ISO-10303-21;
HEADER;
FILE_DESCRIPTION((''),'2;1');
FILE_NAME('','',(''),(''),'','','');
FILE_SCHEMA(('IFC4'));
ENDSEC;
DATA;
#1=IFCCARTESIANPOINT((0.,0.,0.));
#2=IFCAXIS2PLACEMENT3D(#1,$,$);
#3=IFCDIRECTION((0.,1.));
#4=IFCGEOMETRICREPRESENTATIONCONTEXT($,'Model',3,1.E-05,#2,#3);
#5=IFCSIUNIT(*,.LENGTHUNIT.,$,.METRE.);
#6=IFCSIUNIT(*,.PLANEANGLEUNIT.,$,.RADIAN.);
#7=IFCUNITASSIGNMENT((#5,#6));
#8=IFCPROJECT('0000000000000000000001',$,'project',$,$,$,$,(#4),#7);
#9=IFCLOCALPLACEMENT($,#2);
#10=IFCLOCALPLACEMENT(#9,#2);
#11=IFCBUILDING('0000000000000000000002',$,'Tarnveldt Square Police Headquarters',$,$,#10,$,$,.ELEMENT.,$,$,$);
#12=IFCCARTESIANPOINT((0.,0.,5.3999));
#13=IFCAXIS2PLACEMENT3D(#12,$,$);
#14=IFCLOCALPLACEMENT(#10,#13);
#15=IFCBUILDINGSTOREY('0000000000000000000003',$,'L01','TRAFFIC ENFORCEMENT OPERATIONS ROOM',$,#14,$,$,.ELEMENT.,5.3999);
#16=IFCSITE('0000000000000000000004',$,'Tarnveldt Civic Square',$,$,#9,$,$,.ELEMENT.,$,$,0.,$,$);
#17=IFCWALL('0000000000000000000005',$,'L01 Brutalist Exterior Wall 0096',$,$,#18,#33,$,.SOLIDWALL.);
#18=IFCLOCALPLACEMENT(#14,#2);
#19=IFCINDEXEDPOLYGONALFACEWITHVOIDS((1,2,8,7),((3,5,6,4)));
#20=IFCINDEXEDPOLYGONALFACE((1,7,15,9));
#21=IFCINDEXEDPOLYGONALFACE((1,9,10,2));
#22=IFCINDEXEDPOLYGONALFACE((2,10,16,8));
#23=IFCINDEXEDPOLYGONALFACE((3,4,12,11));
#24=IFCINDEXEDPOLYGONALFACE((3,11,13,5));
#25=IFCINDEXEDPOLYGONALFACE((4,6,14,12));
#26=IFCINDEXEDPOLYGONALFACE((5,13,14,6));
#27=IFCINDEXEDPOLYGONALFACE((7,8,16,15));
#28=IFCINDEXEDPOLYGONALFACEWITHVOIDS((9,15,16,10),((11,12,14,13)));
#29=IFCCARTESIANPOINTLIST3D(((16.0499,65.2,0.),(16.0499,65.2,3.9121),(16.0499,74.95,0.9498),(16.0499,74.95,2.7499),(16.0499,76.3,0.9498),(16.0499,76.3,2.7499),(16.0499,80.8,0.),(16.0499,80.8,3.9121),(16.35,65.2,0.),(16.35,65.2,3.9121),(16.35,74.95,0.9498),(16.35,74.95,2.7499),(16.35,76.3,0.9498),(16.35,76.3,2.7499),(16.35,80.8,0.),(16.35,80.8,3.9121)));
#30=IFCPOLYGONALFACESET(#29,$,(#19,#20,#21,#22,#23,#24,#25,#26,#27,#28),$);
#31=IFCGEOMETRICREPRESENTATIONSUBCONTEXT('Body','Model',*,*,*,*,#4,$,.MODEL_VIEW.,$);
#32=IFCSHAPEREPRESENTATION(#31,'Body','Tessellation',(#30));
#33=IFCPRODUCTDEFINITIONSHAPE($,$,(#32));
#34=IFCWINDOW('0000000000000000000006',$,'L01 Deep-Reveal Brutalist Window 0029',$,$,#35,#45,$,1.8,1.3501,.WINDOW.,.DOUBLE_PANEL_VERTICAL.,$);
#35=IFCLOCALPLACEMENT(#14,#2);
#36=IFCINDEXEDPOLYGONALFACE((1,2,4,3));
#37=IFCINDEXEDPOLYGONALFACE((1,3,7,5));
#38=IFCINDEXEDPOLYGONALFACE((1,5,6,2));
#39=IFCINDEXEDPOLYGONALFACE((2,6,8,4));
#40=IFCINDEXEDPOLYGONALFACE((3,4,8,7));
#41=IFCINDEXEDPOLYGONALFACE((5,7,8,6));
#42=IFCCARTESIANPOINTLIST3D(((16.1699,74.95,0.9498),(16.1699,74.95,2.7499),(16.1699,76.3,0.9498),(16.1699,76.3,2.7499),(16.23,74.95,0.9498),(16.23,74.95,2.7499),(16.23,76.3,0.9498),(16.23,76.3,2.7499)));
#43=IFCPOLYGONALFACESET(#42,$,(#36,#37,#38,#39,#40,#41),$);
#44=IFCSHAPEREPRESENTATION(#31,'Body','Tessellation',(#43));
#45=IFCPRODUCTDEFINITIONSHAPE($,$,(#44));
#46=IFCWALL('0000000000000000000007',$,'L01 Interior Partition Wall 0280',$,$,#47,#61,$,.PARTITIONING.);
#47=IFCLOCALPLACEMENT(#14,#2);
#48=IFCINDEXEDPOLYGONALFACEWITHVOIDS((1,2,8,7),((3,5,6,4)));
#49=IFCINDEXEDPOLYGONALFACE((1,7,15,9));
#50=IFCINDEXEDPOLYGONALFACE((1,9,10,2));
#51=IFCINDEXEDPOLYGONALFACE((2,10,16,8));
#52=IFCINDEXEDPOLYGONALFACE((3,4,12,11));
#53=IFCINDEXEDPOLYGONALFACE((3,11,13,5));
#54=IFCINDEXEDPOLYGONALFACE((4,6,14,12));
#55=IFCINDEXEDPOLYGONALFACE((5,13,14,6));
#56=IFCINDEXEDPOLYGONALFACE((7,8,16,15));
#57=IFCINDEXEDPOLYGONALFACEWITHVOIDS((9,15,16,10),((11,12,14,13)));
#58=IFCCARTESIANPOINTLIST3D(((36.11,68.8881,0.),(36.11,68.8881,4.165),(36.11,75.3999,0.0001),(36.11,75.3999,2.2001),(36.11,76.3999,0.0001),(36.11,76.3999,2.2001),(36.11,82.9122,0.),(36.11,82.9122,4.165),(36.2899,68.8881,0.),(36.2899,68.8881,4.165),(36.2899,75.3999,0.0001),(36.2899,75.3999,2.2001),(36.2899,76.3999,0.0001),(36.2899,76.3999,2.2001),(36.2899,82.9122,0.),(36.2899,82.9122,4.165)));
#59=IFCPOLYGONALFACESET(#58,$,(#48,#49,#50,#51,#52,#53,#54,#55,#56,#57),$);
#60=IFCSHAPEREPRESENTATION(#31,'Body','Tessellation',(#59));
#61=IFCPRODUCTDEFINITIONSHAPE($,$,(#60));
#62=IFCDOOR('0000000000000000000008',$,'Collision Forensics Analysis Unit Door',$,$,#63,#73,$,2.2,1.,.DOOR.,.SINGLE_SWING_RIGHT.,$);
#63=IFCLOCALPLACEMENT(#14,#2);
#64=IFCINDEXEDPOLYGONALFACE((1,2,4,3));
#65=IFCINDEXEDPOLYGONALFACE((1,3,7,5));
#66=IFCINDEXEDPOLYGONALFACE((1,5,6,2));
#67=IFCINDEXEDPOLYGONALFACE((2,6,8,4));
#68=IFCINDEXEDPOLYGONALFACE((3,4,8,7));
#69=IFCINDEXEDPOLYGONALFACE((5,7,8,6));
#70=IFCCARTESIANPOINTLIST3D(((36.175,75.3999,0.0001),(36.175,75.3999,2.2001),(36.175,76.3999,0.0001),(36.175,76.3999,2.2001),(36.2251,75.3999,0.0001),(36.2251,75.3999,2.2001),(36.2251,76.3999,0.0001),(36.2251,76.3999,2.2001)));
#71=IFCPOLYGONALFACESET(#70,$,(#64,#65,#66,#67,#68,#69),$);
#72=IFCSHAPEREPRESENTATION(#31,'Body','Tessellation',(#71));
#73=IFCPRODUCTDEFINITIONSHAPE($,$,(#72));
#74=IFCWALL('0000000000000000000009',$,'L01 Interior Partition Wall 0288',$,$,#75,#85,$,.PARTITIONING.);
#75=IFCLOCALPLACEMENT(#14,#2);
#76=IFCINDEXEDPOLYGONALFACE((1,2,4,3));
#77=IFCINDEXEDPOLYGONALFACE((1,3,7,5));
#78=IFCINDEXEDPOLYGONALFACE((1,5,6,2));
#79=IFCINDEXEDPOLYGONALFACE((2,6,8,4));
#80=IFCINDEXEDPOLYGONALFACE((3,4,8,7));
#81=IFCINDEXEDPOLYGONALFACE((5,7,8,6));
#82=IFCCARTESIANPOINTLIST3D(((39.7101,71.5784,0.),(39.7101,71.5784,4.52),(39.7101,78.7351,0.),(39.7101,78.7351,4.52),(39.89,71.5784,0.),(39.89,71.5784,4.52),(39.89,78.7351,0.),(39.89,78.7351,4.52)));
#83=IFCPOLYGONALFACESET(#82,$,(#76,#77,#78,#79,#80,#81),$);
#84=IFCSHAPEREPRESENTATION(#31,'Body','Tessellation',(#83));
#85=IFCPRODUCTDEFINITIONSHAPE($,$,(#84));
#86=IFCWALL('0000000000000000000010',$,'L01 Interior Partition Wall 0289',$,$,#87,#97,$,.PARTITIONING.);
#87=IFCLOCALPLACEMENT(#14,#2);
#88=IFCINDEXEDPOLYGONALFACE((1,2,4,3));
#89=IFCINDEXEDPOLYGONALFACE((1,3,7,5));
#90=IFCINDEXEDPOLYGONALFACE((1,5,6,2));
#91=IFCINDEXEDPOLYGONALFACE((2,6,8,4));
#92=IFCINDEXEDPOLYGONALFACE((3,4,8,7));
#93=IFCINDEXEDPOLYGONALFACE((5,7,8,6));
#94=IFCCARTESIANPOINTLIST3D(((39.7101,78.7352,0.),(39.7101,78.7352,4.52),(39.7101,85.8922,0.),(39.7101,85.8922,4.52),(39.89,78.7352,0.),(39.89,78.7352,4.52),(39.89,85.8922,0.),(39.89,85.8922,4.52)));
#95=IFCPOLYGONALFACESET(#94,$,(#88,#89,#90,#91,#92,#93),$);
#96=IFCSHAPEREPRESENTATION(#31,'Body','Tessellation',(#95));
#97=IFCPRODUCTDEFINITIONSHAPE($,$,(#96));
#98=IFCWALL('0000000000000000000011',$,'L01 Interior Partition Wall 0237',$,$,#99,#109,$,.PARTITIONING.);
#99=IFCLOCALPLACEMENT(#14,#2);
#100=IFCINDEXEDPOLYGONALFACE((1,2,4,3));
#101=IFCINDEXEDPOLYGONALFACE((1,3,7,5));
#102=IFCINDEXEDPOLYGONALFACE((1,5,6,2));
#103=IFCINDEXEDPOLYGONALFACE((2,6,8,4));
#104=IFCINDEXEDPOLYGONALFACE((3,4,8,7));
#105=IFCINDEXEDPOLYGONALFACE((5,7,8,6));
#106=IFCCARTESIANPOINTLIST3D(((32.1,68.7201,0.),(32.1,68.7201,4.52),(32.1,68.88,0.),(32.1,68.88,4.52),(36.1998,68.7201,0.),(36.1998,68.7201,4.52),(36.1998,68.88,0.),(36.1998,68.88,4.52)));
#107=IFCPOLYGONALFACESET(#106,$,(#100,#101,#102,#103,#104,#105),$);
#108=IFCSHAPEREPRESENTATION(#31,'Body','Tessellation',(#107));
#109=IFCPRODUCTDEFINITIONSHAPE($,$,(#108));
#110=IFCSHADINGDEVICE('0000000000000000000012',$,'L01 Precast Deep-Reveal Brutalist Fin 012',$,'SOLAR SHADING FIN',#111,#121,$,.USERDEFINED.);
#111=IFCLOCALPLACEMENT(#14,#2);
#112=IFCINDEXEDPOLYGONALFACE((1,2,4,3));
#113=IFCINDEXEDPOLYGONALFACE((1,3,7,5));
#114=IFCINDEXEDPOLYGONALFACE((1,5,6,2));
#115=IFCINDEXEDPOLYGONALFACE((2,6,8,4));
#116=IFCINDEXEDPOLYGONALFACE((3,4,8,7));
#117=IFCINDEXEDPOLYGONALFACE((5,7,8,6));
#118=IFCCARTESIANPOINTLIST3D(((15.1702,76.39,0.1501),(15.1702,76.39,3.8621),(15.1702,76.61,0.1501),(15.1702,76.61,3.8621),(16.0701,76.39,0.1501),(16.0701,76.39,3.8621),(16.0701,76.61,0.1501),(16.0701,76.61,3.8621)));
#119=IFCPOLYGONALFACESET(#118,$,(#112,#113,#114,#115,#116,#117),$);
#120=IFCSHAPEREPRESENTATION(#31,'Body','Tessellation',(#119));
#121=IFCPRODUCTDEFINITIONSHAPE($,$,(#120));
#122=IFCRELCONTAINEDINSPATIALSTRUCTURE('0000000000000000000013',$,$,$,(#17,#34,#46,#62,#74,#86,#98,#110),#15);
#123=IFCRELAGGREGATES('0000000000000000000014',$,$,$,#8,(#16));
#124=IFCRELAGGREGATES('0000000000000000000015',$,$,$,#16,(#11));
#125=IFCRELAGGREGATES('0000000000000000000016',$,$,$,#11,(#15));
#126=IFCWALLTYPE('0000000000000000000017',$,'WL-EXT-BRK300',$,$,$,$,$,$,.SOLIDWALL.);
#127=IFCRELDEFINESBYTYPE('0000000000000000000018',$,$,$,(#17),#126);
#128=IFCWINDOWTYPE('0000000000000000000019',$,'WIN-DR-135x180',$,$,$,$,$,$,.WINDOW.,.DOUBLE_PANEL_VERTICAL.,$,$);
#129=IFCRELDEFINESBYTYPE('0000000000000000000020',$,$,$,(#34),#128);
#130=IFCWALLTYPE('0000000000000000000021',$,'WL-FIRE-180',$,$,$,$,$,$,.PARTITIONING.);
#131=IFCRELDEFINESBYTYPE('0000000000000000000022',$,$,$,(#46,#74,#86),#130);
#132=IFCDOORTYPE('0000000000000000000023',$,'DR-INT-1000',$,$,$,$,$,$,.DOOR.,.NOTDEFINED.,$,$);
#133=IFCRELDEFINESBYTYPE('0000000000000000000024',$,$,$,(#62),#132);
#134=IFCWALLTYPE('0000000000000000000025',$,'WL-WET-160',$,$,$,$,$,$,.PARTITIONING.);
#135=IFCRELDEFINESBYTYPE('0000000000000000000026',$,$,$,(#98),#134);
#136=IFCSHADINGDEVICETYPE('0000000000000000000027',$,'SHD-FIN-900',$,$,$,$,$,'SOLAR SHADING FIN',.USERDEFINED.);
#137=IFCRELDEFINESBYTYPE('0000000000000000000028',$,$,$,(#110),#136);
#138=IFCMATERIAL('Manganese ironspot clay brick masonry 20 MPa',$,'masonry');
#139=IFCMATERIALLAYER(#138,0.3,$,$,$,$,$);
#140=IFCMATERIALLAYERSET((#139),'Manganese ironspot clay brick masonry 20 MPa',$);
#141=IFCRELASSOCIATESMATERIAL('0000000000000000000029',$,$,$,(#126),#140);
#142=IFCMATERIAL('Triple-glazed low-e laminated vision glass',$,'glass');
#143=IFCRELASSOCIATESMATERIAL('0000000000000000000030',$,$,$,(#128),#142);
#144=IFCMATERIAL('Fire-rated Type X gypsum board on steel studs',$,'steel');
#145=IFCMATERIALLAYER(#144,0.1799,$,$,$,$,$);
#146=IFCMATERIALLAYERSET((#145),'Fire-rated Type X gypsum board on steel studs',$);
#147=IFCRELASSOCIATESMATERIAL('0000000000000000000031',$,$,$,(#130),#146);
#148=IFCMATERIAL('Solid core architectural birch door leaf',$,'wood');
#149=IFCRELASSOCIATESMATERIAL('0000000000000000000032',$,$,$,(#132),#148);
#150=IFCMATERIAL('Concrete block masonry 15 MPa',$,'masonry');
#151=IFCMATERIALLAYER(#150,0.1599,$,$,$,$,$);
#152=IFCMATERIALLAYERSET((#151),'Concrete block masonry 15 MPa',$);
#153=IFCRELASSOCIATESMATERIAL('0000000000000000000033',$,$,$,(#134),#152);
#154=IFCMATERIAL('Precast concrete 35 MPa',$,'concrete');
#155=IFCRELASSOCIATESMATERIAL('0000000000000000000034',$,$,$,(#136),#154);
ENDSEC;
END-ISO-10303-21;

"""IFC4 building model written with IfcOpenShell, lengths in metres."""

from ifc_helpers import new_model, si_unit, direction, frame, frame_2d, origin, origin_2d, place, context, subcontext, project, spatial, rectangle, extrude, material, layer, layer_set, material_profile, profile_set, type_object, element, fill, save


model = new_model("IFC4")

# Units and contexts
model_context = context("Model", 3, precision=1e-05, world=origin(), true_north=direction((0.0, 1.0)))
body_context = subcontext(model_context, "Body", "Model", "MODEL_VIEW")
ifc_project = project(units=[si_unit("LENGTHUNIT", "METRE"), si_unit("PLANEANGLEUNIT", "RADIAN")], contexts=[model_context])

# Site, building, storey
site_placement = place(None, origin())
site = spatial("IfcSite", under=ifc_project, at=site_placement, Name="Tarnveldt Civic Square", CompositionType="ELEMENT", RefElevation=0.0)
building_placement = place(site_placement, origin())
building = spatial("IfcBuilding", under=site, at=building_placement, Name="Tarnveldt Square Police Headquarters", CompositionType="ELEMENT")
storey_placement = place(building_placement, frame((0.0, 0.0, 5.3999)))
storey = spatial("IfcBuildingStorey", under=building, at=storey_placement, Name="L01", Description="TRAFFIC ENFORCEMENT OPERATIONS ROOM", CompositionType="ELEMENT", Elevation=5.3999)

# Shared definitions
ifc_material_1 = material(Name="Triple-glazed low-e laminated vision glass", Category="glass")

# Wall, opening, window
ifc_material_2 = material(Name="Manganese ironspot clay brick masonry 20 MPa", Category="masonry")
ifc_layer_1 = layer(ifc_material_2, 0.3)
ifc_layer_set_1 = layer_set([ifc_layer_1], Name="Manganese ironspot clay brick masonry 20 MPa")
wall_type_1 = type_object("IfcWallType", Name="WL-EXT-BRK300", PredefinedType="SOLIDWALL", material=ifc_layer_set_1)
wall_1_placement = place(storey_placement, frame((16.2, 80.8, 0.0), z_axis=(0.0, 0.0, 1.0), x_axis=(0.0, -1.0, 0.0)))
wall_1 = element("IfcWall", 1, at=wall_1_placement, inside=storey, type_object=wall_type_1, Name="L01 Brutalist Exterior Wall 0096", PredefinedType="SOLIDWALL", context=body_context, shape_type="SweptSolid", body=[
    extrude(rectangle(XDim=15.6001, YDim=0.3, at=frame_2d((7.8, 0.0))), origin(), (0.0, 0.0, 1.0), 3.9121),
])
opening_1_placement = place(wall_1_placement, frame((4.5, 0.0, 0.95)))
opening_1 = element("IfcOpeningElement", 2, at=opening_1_placement, cuts=wall_1, PredefinedType="OPENING", context=body_context, shape_type="SweptSolid", body=[
    extrude(rectangle(XDim=1.3501, YDim=1.8, at=frame_2d((0.675, 0.8999))), frame((0.0, 0.1599, 0.0), z_axis=(0.0, -1.0, 0.0), x_axis=(1.0, 0.0, 0.0)), (0.0, 0.0, 1.0), 0.3201),
])
window_type = type_object("IfcWindowType", Name="WIN-DR-135x180", PartitioningType="DOUBLE_PANEL_VERTICAL", PredefinedType="WINDOW", material=ifc_material_1)
window_placement = place(opening_1_placement, origin())
window = element("IfcWindow", 3, at=window_placement, inside=storey, type_object=window_type, Name="L01 Deep-Reveal Brutalist Window 0029", OverallHeight=1.8, OverallWidth=1.3501, PartitioningType="DOUBLE_PANEL_VERTICAL", PredefinedType="WINDOW", context=body_context, shape_type="SweptSolid", body=[
    extrude(rectangle(XDim=1.3501, YDim=1.8, at=frame_2d((0.675, 0.8999))), frame((0.0, 0.03, 0.0), z_axis=(0.0, -1.0, 0.0), x_axis=(1.0, 0.0, 0.0)), (0.0, 0.0, 1.0), 0.0601),
])
fill(opening_1, window)

# Wall, opening, door
ifc_material_3 = material(Name="Fire-rated Type X gypsum board on steel studs", Category="steel")
ifc_layer_2 = layer(ifc_material_3, 0.1799)
ifc_layer_set_2 = layer_set([ifc_layer_2], Name="Fire-rated Type X gypsum board on steel studs")
wall_type_2 = type_object("IfcWallType", Name="WL-FIRE-180", PredefinedType="PARTITIONING", material=ifc_layer_set_2)
wall_2_placement = place(storey_placement, frame((36.2, 68.8879, 0.0), z_axis=(0.0, 0.0, 1.0), x_axis=(0.0, 1.0, 0.0)))
wall_2 = element("IfcWall", 4, at=wall_2_placement, inside=storey, type_object=wall_type_2, Name="L01 Interior Partition Wall 0280", PredefinedType="PARTITIONING", context=body_context, shape_type="SweptSolid", body=[
    extrude(rectangle(XDim=14.0242, YDim=0.1799, at=frame_2d((7.0122, 0.0))), origin(), (0.0, 0.0, 1.0), 4.165),
])
opening_2_placement = place(wall_2_placement, frame((6.512, 0.0, 0.0)))
opening_2 = element("IfcOpeningElement", 5, at=opening_2_placement, cuts=wall_2, PredefinedType="OPENING", context=body_context, shape_type="SweptSolid", body=[
    extrude(rectangle(XDim=1.0, YDim=2.2, at=frame_2d((0.5, 1.1001))), frame((0.0, 0.0999, 0.0), z_axis=(0.0, -1.0, 0.0), x_axis=(1.0, 0.0, 0.0)), (0.0, 0.0, 1.0), 0.2),
])
ifc_material_4 = material(Name="Solid core architectural birch door leaf", Category="wood")
door_type = type_object("IfcDoorType", Name="DR-INT-1000", OperationType="NOTDEFINED", PredefinedType="DOOR", material=ifc_material_4)
door_placement = place(opening_2_placement, origin())
door = element("IfcDoor", 6, at=door_placement, inside=storey, type_object=door_type, Name="Collision Forensics Analysis Unit Door", OperationType="SINGLE_SWING_RIGHT", OverallHeight=2.2, OverallWidth=1.0, PredefinedType="DOOR", context=body_context, shape_type="SweptSolid", body=[
    extrude(rectangle(XDim=1.0, YDim=2.2, at=frame_2d((0.5, 1.1001))), frame((0.0, 0.0249, 0.0), z_axis=(0.0, -1.0, 0.0), x_axis=(1.0, 0.0, 0.0)), (0.0, 0.0, 1.0), 0.05),
])
fill(opening_2, door)

# Walls
wall_3_placement = place(storey_placement, frame((39.8, 71.5784, 0.0), z_axis=(0.0, 0.0, 1.0), x_axis=(0.0, 1.0, 0.0)))
element("IfcWall", 7, at=wall_3_placement, inside=storey, type_object=wall_type_2, Name="L01 Interior Partition Wall 0288", PredefinedType="PARTITIONING", context=body_context, shape_type="SweptSolid", body=[
    extrude(rectangle(XDim=7.1567, YDim=0.1799, at=frame_2d((3.5784, 0.0))), origin(), (0.0, 0.0, 1.0), 4.52),
])
wall_4_placement = place(storey_placement, frame((39.8, 78.7351, 0.0), z_axis=(0.0, 0.0, 1.0), x_axis=(0.0, 1.0, 0.0)))
element("IfcWall", 8, at=wall_4_placement, inside=storey, type_object=wall_type_2, Name="L01 Interior Partition Wall 0289", PredefinedType="PARTITIONING", context=body_context, shape_type="SweptSolid", body=[
    extrude(rectangle(XDim=7.157, YDim=0.1799, at=frame_2d((3.5786, 0.0))), origin(), (0.0, 0.0, 1.0), 4.52),
])
ifc_material_5 = material(Name="Concrete block masonry 15 MPa", Category="masonry")
ifc_layer_3 = layer(ifc_material_5, 0.1599)
ifc_layer_set_3 = layer_set([ifc_layer_3], Name="Concrete block masonry 15 MPa")
wall_type_3 = type_object("IfcWallType", Name="WL-WET-160", PredefinedType="PARTITIONING", material=ifc_layer_set_3)
wall_5_placement = place(storey_placement, frame((32.1001, 68.8, 0.0), z_axis=(0.0, 0.0, 1.0), x_axis=(1.0, 0.0, 0.0)))
element("IfcWall", 9, at=wall_5_placement, inside=storey, type_object=wall_type_3, Name="L01 Interior Partition Wall 0237", PredefinedType="PARTITIONING", context=body_context, shape_type="SweptSolid", body=[
    extrude(rectangle(XDim=4.0999, YDim=0.1599, at=frame_2d((2.0498, 0.0))), origin(), (0.0, 0.0, 1.0), 4.52),
])

# Shading device
ifc_material_6 = material(Name="Precast concrete 35 MPa", Category="concrete")
ifc_material_profile_1 = material_profile(ifc_material_6, rectangle(XDim=0.22, YDim=0.8999, at=origin_2d()), Name="PC-FIN220x900")
ifc_profile_set_1 = profile_set([ifc_material_profile_1], Name="Precast concrete 35 MPa")
shading_device_type = type_object("IfcShadingDeviceType", Name="SHD-FIN-900", ElementType="SOLAR SHADING FIN", PredefinedType="USERDEFINED", material=ifc_profile_set_1)
shading_device_placement = place(storey_placement, frame((15.6201, 76.5, 0.1501), z_axis=(0.0, 0.0, 1.0), x_axis=(0.0, -1.0, 0.0)))
element("IfcShadingDevice", 10, at=shading_device_placement, inside=storey, type_object=shading_device_type, Name="L01 Precast Deep-Reveal Brutalist Fin 012", ObjectType="SOLAR SHADING FIN", PredefinedType="USERDEFINED", context=body_context, shape_type="SweptSolid", body=[
    extrude(rectangle(XDim=0.22, YDim=0.8999, at=origin_2d()), origin(), (0.0, 0.0, 1.0), 3.7119),
])

save(model, "model.ifc")
